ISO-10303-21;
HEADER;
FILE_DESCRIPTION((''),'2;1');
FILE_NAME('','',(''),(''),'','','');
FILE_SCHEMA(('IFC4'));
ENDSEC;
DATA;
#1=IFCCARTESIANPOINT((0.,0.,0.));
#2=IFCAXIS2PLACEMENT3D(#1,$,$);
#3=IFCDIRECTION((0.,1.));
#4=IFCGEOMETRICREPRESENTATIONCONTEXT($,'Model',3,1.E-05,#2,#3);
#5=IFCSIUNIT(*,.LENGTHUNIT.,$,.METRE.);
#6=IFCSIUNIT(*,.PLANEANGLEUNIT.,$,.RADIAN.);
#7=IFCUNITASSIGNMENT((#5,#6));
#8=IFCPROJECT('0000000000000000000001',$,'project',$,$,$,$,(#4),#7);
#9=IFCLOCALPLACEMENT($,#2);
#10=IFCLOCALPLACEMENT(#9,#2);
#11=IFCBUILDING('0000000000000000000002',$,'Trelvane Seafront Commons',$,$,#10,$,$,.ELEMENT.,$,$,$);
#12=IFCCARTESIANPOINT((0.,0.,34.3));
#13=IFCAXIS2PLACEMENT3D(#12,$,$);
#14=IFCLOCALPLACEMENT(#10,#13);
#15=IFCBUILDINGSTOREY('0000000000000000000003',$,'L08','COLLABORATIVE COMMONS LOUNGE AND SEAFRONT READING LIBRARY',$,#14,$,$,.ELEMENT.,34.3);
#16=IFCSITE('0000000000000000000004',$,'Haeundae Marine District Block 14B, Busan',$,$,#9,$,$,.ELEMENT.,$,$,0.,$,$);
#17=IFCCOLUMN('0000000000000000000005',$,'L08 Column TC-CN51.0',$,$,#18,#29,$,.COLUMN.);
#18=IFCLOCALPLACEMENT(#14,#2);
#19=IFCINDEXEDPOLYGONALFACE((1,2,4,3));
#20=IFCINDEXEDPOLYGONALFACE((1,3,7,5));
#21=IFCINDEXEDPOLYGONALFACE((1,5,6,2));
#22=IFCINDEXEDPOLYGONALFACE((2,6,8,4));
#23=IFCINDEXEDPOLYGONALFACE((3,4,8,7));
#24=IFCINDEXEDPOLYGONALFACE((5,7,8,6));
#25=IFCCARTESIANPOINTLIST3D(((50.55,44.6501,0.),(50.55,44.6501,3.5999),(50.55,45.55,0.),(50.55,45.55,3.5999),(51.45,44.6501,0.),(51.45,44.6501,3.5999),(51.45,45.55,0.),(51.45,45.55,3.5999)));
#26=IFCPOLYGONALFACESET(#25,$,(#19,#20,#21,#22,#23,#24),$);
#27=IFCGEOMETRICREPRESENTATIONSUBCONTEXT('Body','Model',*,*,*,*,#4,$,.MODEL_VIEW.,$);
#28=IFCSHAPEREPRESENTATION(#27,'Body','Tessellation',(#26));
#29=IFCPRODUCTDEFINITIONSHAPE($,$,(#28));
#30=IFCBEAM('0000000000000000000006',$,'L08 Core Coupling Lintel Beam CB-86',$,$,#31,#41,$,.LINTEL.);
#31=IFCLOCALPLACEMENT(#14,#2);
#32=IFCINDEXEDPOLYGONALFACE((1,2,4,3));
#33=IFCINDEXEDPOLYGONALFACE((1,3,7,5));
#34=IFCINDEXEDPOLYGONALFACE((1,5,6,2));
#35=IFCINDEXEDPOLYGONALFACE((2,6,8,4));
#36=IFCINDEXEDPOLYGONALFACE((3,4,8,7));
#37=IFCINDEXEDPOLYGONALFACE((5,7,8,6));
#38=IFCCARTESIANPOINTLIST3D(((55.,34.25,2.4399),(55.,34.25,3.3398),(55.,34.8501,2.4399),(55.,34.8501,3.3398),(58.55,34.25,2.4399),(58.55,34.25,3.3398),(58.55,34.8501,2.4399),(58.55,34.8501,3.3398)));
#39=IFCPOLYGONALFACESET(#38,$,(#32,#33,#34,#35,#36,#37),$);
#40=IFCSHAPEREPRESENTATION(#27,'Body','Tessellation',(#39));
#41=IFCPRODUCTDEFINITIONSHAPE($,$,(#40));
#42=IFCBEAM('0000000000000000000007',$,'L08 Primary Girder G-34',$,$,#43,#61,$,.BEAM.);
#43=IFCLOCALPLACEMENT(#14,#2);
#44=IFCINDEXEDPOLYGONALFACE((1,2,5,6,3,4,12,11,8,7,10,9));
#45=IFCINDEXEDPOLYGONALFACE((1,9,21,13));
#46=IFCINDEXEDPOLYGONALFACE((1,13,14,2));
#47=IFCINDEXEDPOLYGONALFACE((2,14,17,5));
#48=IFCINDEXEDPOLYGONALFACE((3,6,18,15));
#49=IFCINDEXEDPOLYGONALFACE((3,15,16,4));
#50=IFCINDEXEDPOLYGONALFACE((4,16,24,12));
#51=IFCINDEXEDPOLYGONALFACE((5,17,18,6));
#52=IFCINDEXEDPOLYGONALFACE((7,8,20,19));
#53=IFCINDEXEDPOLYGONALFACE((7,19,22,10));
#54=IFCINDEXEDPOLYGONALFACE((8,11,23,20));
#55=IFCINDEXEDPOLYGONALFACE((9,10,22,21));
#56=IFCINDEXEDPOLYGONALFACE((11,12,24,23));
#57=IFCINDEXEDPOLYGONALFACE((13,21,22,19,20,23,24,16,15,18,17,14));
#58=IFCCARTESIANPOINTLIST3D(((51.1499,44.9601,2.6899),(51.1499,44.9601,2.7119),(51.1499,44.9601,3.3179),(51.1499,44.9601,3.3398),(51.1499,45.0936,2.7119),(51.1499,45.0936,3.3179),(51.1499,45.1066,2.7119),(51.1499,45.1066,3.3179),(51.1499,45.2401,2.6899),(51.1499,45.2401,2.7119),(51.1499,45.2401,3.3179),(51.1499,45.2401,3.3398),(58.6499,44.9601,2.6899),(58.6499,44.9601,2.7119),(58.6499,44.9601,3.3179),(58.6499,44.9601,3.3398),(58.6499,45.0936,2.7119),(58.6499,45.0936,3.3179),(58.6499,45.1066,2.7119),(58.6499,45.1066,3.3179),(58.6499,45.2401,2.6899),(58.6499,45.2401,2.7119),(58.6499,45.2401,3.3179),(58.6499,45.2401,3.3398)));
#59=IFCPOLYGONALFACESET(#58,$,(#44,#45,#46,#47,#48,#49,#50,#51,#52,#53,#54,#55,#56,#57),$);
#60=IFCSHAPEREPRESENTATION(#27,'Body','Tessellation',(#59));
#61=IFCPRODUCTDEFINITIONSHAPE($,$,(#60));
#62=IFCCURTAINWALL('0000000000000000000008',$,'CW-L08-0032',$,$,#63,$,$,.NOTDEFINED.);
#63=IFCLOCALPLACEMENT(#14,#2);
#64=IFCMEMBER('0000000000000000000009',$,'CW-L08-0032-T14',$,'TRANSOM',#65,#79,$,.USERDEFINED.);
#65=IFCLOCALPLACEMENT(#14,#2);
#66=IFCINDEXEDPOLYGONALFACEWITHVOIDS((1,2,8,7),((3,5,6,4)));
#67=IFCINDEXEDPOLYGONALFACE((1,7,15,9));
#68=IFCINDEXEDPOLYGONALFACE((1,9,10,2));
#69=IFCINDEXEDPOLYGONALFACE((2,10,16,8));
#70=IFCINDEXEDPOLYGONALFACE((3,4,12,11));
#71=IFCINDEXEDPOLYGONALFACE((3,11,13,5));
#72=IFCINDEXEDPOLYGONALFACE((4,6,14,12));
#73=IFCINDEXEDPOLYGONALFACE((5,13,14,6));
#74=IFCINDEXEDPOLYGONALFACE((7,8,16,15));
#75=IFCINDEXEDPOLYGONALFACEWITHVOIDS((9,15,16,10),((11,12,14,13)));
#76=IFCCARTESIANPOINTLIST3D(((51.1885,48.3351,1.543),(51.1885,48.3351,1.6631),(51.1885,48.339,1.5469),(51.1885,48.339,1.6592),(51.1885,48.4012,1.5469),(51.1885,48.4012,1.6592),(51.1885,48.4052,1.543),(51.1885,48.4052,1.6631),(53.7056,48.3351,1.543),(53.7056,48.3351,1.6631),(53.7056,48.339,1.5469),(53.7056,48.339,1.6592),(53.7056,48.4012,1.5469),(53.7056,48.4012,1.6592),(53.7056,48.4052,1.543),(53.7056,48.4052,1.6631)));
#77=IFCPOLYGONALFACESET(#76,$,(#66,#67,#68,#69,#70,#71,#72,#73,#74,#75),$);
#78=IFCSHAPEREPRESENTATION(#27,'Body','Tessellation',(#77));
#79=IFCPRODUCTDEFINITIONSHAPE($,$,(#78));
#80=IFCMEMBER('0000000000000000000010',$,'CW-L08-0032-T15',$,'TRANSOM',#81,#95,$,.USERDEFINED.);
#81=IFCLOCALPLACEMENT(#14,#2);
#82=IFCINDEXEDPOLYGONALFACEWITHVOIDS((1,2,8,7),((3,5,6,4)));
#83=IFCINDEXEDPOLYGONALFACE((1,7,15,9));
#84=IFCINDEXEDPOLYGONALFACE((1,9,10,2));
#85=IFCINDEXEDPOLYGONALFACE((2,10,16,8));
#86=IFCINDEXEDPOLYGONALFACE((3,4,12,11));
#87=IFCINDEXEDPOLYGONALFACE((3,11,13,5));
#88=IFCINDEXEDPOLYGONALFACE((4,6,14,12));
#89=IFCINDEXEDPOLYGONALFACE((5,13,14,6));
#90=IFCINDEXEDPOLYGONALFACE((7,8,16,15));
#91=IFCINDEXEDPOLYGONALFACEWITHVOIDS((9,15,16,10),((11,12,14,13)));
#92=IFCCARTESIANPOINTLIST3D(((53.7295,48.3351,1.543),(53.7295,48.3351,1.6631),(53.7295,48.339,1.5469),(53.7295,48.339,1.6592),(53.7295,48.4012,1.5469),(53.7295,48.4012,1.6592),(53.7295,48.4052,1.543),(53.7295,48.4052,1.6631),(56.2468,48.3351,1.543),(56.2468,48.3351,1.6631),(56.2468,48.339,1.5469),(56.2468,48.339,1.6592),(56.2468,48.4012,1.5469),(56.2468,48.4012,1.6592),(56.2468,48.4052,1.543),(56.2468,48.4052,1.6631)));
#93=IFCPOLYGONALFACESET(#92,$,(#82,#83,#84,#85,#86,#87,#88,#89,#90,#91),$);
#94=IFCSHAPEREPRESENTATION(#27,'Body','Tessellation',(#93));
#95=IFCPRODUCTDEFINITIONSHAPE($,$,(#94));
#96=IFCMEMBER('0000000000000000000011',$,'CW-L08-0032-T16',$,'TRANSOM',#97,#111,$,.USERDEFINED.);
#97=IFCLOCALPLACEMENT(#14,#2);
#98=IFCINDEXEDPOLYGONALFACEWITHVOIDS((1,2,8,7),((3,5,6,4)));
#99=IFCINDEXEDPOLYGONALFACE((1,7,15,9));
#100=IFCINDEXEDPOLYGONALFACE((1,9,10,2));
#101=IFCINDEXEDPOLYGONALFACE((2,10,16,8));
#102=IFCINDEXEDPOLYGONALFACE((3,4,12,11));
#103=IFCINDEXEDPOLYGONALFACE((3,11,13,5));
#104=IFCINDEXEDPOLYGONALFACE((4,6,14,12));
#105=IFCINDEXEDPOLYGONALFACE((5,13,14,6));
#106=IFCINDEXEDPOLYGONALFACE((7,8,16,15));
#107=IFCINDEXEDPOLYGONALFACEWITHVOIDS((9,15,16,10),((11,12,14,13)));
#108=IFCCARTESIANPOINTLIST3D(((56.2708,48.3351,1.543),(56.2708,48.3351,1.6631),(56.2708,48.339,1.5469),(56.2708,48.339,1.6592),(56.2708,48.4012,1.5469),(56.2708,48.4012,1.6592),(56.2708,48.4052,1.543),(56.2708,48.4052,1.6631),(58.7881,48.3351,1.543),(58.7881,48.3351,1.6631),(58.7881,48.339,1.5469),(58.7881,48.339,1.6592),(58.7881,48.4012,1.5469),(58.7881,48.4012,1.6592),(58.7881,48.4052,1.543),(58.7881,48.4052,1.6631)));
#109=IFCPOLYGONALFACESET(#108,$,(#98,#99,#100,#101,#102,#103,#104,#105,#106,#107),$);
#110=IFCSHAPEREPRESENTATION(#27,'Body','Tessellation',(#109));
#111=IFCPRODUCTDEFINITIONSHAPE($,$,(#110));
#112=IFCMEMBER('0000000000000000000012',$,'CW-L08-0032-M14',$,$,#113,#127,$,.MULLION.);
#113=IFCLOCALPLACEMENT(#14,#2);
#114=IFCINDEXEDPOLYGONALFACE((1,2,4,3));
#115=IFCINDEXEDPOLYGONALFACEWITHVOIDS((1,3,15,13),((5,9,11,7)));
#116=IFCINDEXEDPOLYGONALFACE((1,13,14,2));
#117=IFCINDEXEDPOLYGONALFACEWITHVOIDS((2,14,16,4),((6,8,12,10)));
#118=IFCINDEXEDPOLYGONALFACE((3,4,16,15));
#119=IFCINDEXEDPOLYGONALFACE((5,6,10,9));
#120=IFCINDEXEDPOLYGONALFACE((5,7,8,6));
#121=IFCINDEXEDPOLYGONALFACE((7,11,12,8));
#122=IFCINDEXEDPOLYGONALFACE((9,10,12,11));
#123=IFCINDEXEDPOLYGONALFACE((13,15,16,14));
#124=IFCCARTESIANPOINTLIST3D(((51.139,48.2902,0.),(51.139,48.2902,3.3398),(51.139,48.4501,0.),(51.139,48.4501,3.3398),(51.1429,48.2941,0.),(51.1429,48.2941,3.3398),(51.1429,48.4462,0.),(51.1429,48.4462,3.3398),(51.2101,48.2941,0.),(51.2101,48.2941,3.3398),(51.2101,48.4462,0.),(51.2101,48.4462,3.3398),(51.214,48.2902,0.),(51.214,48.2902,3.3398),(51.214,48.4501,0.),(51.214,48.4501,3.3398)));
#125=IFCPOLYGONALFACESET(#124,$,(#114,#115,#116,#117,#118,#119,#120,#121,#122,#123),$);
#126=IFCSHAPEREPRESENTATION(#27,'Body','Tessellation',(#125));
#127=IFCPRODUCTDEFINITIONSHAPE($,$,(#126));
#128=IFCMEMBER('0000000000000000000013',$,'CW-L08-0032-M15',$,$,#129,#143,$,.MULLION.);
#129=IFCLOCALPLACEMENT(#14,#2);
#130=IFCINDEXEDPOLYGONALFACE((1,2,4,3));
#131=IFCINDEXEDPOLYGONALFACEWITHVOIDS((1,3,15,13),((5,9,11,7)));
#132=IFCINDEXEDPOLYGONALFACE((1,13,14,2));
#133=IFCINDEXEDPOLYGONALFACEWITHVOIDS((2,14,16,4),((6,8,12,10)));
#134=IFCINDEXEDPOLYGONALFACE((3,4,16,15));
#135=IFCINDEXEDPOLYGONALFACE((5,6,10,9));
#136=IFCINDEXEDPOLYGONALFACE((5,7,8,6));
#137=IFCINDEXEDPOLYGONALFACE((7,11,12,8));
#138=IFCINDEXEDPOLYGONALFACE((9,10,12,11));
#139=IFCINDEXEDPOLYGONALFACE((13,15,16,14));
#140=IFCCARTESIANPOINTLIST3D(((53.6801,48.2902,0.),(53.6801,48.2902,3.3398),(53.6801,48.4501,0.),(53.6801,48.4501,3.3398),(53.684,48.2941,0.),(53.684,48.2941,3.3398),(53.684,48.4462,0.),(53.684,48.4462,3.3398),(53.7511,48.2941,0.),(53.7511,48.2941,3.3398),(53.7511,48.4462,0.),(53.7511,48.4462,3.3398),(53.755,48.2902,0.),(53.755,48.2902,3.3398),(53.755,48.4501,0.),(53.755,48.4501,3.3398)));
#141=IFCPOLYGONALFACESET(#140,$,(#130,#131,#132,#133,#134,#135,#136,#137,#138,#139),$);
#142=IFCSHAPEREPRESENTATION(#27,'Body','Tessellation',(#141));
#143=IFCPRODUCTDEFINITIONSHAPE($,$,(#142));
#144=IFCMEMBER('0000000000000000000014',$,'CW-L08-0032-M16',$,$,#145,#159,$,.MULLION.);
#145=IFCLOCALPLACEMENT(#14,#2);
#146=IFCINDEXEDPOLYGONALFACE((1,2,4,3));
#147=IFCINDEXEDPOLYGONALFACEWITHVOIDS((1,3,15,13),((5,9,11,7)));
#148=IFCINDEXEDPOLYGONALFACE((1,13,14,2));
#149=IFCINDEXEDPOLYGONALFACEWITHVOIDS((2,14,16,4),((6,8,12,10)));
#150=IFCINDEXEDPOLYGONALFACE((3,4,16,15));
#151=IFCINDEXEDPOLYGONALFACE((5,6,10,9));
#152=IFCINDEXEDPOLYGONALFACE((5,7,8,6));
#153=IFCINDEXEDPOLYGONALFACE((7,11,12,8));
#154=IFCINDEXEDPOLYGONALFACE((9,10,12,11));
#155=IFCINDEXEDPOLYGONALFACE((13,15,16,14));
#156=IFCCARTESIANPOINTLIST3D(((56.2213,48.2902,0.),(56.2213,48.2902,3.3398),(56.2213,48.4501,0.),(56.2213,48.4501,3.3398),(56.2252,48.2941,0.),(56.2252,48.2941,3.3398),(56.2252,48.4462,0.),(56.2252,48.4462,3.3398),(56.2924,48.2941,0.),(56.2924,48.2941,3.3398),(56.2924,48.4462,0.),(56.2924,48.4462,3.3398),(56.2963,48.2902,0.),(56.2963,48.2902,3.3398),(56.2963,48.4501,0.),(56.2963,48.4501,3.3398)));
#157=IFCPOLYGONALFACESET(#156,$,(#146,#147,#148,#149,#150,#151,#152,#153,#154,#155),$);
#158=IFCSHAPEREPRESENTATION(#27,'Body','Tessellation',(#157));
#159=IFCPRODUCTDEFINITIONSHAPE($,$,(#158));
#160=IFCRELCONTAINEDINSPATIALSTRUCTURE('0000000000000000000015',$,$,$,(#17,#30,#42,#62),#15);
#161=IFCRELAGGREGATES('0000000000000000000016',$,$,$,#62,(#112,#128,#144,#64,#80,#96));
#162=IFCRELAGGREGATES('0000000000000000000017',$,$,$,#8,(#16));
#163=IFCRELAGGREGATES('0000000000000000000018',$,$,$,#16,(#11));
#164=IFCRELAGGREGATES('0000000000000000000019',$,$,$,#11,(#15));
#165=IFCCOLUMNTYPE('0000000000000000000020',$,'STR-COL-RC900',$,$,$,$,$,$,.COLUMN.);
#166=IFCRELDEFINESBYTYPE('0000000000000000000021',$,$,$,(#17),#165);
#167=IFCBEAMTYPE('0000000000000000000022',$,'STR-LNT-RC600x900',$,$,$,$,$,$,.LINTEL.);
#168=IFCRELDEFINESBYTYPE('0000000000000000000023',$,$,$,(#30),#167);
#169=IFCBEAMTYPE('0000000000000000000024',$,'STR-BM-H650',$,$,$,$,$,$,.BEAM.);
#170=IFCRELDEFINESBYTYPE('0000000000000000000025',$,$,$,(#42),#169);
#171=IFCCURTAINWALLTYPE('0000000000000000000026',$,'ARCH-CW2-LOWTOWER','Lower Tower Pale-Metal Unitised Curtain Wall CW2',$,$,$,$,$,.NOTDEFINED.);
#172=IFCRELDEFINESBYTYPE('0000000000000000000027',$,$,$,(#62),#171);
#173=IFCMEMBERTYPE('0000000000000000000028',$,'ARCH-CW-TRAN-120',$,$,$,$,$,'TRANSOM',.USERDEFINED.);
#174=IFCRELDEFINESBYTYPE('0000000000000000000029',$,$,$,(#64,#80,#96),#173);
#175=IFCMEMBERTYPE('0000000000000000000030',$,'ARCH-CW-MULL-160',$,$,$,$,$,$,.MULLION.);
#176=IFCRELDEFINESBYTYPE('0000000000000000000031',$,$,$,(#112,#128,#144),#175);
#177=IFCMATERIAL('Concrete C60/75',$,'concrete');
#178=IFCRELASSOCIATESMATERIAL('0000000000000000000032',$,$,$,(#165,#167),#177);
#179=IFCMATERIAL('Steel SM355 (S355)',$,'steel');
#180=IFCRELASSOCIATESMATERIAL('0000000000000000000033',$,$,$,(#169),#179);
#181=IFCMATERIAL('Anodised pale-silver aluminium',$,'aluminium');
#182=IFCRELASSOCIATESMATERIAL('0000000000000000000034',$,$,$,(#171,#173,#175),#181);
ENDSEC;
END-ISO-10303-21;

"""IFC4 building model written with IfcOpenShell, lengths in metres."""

from ifc_helpers import new_model, si_unit, direction, frame, origin, origin_2d, place, context, subcontext, project, spatial, rectangle, hollow_rectangle, i_section, extrude, source, transform, mapped, material, material_profile, profile_set, type_object, element, aggregate, save


model = new_model("IFC4")

# Units and contexts
model_context = context("Model", 3, precision=1e-05, world=origin(), true_north=direction((0.0, 1.0)))
body_context = subcontext(model_context, "Body", "Model", "MODEL_VIEW")
ifc_project = project(units=[si_unit("LENGTHUNIT", "METRE"), si_unit("PLANEANGLEUNIT", "RADIAN")], contexts=[model_context])

# Site, building, storey
site_placement = place(None, origin())
site = spatial("IfcSite", under=ifc_project, at=site_placement, Name="Haeundae Marine District Block 14B, Busan", CompositionType="ELEMENT", RefElevation=0.0)
building_placement = place(site_placement, origin())
building = spatial("IfcBuilding", under=site, at=building_placement, Name="Trelvane Seafront Commons", CompositionType="ELEMENT")
storey_placement = place(building_placement, frame((0.0, 0.0, 34.3)))
storey = spatial("IfcBuildingStorey", under=building, at=storey_placement, Name="L08", Description="COLLABORATIVE COMMONS LOUNGE AND SEAFRONT READING LIBRARY", CompositionType="ELEMENT", Elevation=34.3)

# Column
ifc_material_1 = material(Name="Concrete C60/75", Category="concrete")
ifc_material_profile_1 = material_profile(ifc_material_1, rectangle(XDim=0.8999, YDim=0.8999, at=origin_2d()), Name="RC-900x900")
ifc_profile_set_1 = profile_set([ifc_material_profile_1], Name="Concrete C60/75")
column_type = type_object("IfcColumnType", Name="STR-COL-RC900", PredefinedType="COLUMN", material=ifc_profile_set_1)
shared_shape_1 = source(origin(), body_context, "Body", "SweptSolid", [
    extrude(rectangle(XDim=0.8999, YDim=0.8999, at=origin_2d()), origin(), (0.0, 0.0, 1.0), 3.5999),
])
column_placement = place(storey_placement, frame((51.0, 45.1001, 0.0), z_axis=(0.0, 0.0, 1.0), x_axis=(1.0, 0.0, 0.0)))
element("IfcColumn", 1, at=column_placement, inside=storey, type_object=column_type, Name="L08 Column TC-CN51.0", PredefinedType="COLUMN", context=body_context, shape_type="MappedRepresentation", body=[
    mapped(shared_shape_1, transform((0.0, 0.0, 0.0), x_axis=(1.0, 0.0, 0.0), y_axis=(0.0, 1.0, 0.0), z_axis=(0.0, 0.0, 1.0), scale=1.0)),
])

# Beams
ifc_material_profile_2 = material_profile(ifc_material_1, rectangle(XDim=0.6001, YDim=0.8999, at=origin_2d()), Name="RC-600x900")
ifc_profile_set_2 = profile_set([ifc_material_profile_2], Name="Concrete C60/75")
beam_type_1 = type_object("IfcBeamType", Name="STR-LNT-RC600x900", PredefinedType="LINTEL", material=ifc_profile_set_2)
shared_shape_2 = source(origin(), body_context, "Body", "SweptSolid", [
    extrude(rectangle(XDim=0.6001, YDim=0.8999, at=origin_2d()), origin(), (0.0, 0.0, 1.0), 3.55),
])
beam_1_placement = place(storey_placement, frame((55.0, 34.55, 2.8899), z_axis=(1.0, 0.0, 0.0), x_axis=(0.0, 1.0, 0.0)))
element("IfcBeam", 2, at=beam_1_placement, inside=storey, type_object=beam_type_1, Name="L08 Core Coupling Lintel Beam CB-86", PredefinedType="LINTEL", context=body_context, shape_type="MappedRepresentation", body=[
    mapped(shared_shape_2, transform((0.0, 0.0, 0.0), x_axis=(1.0, 0.0, 0.0), y_axis=(0.0, 1.0, 0.0), z_axis=(0.0, 0.0, 1.0), scale=1.0)),
])
ifc_material_2 = material(Name="Steel SM355 (S355)", Category="steel")
ifc_material_profile_3 = material_profile(ifc_material_2, i_section(OverallWidth=0.28, OverallDepth=0.6499, WebThickness=0.0129, FlangeThickness=0.022, at=origin_2d()), Name="H-650x280x13x22")
ifc_profile_set_3 = profile_set([ifc_material_profile_3], Name="Steel SM355 (S355)")
beam_type_2 = type_object("IfcBeamType", Name="STR-BM-H650", PredefinedType="BEAM", material=ifc_profile_set_3)
shared_shape_3 = source(origin(), body_context, "Body", "SweptSolid", [
    extrude(i_section(OverallWidth=0.28, OverallDepth=0.6499, WebThickness=0.0129, FlangeThickness=0.022, at=origin_2d()), origin(), (0.0, 0.0, 1.0), 7.5),
])
beam_2_placement = place(storey_placement, frame((51.1499, 45.1001, 3.0149), z_axis=(1.0, 0.0, 0.0), x_axis=(0.0, 1.0, 0.0)))
element("IfcBeam", 3, at=beam_2_placement, inside=storey, type_object=beam_type_2, Name="L08 Primary Girder G-34", PredefinedType="BEAM", context=body_context, shape_type="MappedRepresentation", body=[
    mapped(shared_shape_3, transform((0.0, 0.0, 0.0), x_axis=(1.0, 0.0, 0.0), y_axis=(0.0, 1.0, 0.0), z_axis=(0.0, 0.0, 1.0), scale=1.0)),
])

# Curtain wall, members
ifc_material_3 = material(Name="Anodised pale-silver aluminium", Category="aluminium")
curtain_wall_type = type_object("IfcCurtainWallType", Name="ARCH-CW2-LOWTOWER", Description="Lower Tower Pale-Metal Unitised Curtain Wall CW2", PredefinedType="NOTDEFINED", material=ifc_material_3)
curtain_wall_placement = place(storey_placement, origin())
curtain_wall = element("IfcCurtainWall", 4, at=curtain_wall_placement, inside=storey, type_object=curtain_wall_type, Name="CW-L08-0032", PredefinedType="NOTDEFINED")
ifc_material_profile_4 = material_profile(ifc_material_3, hollow_rectangle(XDim=0.0701, YDim=0.1201, WallThickness=0.0039, at=origin_2d()), Name="TRAN-70x120x4")
ifc_profile_set_4 = profile_set([ifc_material_profile_4], Name="Anodised pale-silver aluminium")
member_type_1 = type_object("IfcMemberType", Name="ARCH-CW-TRAN-120", ElementType="TRANSOM", PredefinedType="USERDEFINED", material=ifc_profile_set_4)
shared_shape_4 = source(origin(), body_context, "Body", "SweptSolid", [
    extrude(hollow_rectangle(XDim=0.0701, YDim=0.1201, WallThickness=0.0039, at=origin_2d()), origin(), (0.0, 0.0, 1.0), 2.5171),
])
member_1_placement = place(storey_placement, frame((51.1885, 48.3701, 1.603), z_axis=(1.0, 0.0, 0.0), x_axis=(0.0, 1.0, 0.0)))
member_1 = element("IfcMember", 5, at=member_1_placement, type_object=member_type_1, Name="CW-L08-0032-T14", ObjectType="TRANSOM", PredefinedType="USERDEFINED", context=body_context, shape_type="MappedRepresentation", body=[
    mapped(shared_shape_4, transform((0.0, 0.0, 0.0), x_axis=(1.0, 0.0, 0.0), y_axis=(0.0, 1.0, 0.0), z_axis=(0.0, 0.0, 1.0), scale=1.0)),
])
shared_shape_5 = source(origin(), body_context, "Body", "SweptSolid", [
    extrude(hollow_rectangle(XDim=0.0701, YDim=0.1201, WallThickness=0.0039, at=origin_2d()), origin(), (0.0, 0.0, 1.0), 2.5173),
])
member_2_placement = place(storey_placement, frame((53.7295, 48.3701, 1.603), z_axis=(1.0, 0.0, 0.0), x_axis=(0.0, 1.0, 0.0)))
member_2 = element("IfcMember", 6, at=member_2_placement, type_object=member_type_1, Name="CW-L08-0032-T15", ObjectType="TRANSOM", PredefinedType="USERDEFINED", context=body_context, shape_type="MappedRepresentation", body=[
    mapped(shared_shape_5, transform((0.0, 0.0, 0.0), x_axis=(1.0, 0.0, 0.0), y_axis=(0.0, 1.0, 0.0), z_axis=(0.0, 0.0, 1.0), scale=1.0)),
])
member_3_placement = place(storey_placement, frame((56.2708, 48.3701, 1.603), z_axis=(1.0, 0.0, 0.0), x_axis=(0.0, 1.0, 0.0)))
member_3 = element("IfcMember", 7, at=member_3_placement, type_object=member_type_1, Name="CW-L08-0032-T16", ObjectType="TRANSOM", PredefinedType="USERDEFINED", context=body_context, shape_type="MappedRepresentation", body=[
    mapped(shared_shape_5, transform((0.0, 0.0, 0.0), x_axis=(1.0, 0.0, 0.0), y_axis=(0.0, 1.0, 0.0), z_axis=(0.0, 0.0, 1.0), scale=1.0)),
])
ifc_material_profile_5 = material_profile(ifc_material_3, hollow_rectangle(XDim=0.075, YDim=0.1599, WallThickness=0.0039, at=origin_2d()), Name="MULL-75x160x4")
ifc_profile_set_5 = profile_set([ifc_material_profile_5], Name="Anodised pale-silver aluminium")
member_type_2 = type_object("IfcMemberType", Name="ARCH-CW-MULL-160", PredefinedType="MULLION", material=ifc_profile_set_5)
shared_shape_6 = source(origin(), body_context, "Body", "SweptSolid", [
    extrude(hollow_rectangle(XDim=0.075, YDim=0.1599, WallThickness=0.0039, at=origin_2d()), origin(), (0.0, 0.0, 1.0), 3.3398),
])
member_4_placement = place(storey_placement, frame((51.1765, 48.3701, 0.0), z_axis=(0.0, 0.0, 1.0), x_axis=(1.0, 0.0, 0.0)))
member_4 = element("IfcMember", 8, at=member_4_placement, type_object=member_type_2, Name="CW-L08-0032-M14", PredefinedType="MULLION", context=body_context, shape_type="MappedRepresentation", body=[
    mapped(shared_shape_6, transform((0.0, 0.0, 0.0), x_axis=(1.0, 0.0, 0.0), y_axis=(0.0, 1.0, 0.0), z_axis=(0.0, 0.0, 1.0), scale=1.0)),
])
member_5_placement = place(storey_placement, frame((53.7175, 48.3701, 0.0), z_axis=(0.0, 0.0, 1.0), x_axis=(1.0, 0.0, 0.0)))
member_5 = element("IfcMember", 9, at=member_5_placement, type_object=member_type_2, Name="CW-L08-0032-M15", PredefinedType="MULLION", context=body_context, shape_type="MappedRepresentation", body=[
    mapped(shared_shape_6, transform((0.0, 0.0, 0.0), x_axis=(1.0, 0.0, 0.0), y_axis=(0.0, 1.0, 0.0), z_axis=(0.0, 0.0, 1.0), scale=1.0)),
])
member_6_placement = place(storey_placement, frame((56.2588, 48.3701, 0.0), z_axis=(0.0, 0.0, 1.0), x_axis=(1.0, 0.0, 0.0)))
member_6 = element("IfcMember", 10, at=member_6_placement, type_object=member_type_2, Name="CW-L08-0032-M16", PredefinedType="MULLION", context=body_context, shape_type="MappedRepresentation", body=[
    mapped(shared_shape_6, transform((0.0, 0.0, 0.0), x_axis=(1.0, 0.0, 0.0), y_axis=(0.0, 1.0, 0.0), z_axis=(0.0, 0.0, 1.0), scale=1.0)),
])
aggregate(curtain_wall, [member_4, member_5, member_6, member_1, member_2, member_3])

save(model, "model.ifc")
